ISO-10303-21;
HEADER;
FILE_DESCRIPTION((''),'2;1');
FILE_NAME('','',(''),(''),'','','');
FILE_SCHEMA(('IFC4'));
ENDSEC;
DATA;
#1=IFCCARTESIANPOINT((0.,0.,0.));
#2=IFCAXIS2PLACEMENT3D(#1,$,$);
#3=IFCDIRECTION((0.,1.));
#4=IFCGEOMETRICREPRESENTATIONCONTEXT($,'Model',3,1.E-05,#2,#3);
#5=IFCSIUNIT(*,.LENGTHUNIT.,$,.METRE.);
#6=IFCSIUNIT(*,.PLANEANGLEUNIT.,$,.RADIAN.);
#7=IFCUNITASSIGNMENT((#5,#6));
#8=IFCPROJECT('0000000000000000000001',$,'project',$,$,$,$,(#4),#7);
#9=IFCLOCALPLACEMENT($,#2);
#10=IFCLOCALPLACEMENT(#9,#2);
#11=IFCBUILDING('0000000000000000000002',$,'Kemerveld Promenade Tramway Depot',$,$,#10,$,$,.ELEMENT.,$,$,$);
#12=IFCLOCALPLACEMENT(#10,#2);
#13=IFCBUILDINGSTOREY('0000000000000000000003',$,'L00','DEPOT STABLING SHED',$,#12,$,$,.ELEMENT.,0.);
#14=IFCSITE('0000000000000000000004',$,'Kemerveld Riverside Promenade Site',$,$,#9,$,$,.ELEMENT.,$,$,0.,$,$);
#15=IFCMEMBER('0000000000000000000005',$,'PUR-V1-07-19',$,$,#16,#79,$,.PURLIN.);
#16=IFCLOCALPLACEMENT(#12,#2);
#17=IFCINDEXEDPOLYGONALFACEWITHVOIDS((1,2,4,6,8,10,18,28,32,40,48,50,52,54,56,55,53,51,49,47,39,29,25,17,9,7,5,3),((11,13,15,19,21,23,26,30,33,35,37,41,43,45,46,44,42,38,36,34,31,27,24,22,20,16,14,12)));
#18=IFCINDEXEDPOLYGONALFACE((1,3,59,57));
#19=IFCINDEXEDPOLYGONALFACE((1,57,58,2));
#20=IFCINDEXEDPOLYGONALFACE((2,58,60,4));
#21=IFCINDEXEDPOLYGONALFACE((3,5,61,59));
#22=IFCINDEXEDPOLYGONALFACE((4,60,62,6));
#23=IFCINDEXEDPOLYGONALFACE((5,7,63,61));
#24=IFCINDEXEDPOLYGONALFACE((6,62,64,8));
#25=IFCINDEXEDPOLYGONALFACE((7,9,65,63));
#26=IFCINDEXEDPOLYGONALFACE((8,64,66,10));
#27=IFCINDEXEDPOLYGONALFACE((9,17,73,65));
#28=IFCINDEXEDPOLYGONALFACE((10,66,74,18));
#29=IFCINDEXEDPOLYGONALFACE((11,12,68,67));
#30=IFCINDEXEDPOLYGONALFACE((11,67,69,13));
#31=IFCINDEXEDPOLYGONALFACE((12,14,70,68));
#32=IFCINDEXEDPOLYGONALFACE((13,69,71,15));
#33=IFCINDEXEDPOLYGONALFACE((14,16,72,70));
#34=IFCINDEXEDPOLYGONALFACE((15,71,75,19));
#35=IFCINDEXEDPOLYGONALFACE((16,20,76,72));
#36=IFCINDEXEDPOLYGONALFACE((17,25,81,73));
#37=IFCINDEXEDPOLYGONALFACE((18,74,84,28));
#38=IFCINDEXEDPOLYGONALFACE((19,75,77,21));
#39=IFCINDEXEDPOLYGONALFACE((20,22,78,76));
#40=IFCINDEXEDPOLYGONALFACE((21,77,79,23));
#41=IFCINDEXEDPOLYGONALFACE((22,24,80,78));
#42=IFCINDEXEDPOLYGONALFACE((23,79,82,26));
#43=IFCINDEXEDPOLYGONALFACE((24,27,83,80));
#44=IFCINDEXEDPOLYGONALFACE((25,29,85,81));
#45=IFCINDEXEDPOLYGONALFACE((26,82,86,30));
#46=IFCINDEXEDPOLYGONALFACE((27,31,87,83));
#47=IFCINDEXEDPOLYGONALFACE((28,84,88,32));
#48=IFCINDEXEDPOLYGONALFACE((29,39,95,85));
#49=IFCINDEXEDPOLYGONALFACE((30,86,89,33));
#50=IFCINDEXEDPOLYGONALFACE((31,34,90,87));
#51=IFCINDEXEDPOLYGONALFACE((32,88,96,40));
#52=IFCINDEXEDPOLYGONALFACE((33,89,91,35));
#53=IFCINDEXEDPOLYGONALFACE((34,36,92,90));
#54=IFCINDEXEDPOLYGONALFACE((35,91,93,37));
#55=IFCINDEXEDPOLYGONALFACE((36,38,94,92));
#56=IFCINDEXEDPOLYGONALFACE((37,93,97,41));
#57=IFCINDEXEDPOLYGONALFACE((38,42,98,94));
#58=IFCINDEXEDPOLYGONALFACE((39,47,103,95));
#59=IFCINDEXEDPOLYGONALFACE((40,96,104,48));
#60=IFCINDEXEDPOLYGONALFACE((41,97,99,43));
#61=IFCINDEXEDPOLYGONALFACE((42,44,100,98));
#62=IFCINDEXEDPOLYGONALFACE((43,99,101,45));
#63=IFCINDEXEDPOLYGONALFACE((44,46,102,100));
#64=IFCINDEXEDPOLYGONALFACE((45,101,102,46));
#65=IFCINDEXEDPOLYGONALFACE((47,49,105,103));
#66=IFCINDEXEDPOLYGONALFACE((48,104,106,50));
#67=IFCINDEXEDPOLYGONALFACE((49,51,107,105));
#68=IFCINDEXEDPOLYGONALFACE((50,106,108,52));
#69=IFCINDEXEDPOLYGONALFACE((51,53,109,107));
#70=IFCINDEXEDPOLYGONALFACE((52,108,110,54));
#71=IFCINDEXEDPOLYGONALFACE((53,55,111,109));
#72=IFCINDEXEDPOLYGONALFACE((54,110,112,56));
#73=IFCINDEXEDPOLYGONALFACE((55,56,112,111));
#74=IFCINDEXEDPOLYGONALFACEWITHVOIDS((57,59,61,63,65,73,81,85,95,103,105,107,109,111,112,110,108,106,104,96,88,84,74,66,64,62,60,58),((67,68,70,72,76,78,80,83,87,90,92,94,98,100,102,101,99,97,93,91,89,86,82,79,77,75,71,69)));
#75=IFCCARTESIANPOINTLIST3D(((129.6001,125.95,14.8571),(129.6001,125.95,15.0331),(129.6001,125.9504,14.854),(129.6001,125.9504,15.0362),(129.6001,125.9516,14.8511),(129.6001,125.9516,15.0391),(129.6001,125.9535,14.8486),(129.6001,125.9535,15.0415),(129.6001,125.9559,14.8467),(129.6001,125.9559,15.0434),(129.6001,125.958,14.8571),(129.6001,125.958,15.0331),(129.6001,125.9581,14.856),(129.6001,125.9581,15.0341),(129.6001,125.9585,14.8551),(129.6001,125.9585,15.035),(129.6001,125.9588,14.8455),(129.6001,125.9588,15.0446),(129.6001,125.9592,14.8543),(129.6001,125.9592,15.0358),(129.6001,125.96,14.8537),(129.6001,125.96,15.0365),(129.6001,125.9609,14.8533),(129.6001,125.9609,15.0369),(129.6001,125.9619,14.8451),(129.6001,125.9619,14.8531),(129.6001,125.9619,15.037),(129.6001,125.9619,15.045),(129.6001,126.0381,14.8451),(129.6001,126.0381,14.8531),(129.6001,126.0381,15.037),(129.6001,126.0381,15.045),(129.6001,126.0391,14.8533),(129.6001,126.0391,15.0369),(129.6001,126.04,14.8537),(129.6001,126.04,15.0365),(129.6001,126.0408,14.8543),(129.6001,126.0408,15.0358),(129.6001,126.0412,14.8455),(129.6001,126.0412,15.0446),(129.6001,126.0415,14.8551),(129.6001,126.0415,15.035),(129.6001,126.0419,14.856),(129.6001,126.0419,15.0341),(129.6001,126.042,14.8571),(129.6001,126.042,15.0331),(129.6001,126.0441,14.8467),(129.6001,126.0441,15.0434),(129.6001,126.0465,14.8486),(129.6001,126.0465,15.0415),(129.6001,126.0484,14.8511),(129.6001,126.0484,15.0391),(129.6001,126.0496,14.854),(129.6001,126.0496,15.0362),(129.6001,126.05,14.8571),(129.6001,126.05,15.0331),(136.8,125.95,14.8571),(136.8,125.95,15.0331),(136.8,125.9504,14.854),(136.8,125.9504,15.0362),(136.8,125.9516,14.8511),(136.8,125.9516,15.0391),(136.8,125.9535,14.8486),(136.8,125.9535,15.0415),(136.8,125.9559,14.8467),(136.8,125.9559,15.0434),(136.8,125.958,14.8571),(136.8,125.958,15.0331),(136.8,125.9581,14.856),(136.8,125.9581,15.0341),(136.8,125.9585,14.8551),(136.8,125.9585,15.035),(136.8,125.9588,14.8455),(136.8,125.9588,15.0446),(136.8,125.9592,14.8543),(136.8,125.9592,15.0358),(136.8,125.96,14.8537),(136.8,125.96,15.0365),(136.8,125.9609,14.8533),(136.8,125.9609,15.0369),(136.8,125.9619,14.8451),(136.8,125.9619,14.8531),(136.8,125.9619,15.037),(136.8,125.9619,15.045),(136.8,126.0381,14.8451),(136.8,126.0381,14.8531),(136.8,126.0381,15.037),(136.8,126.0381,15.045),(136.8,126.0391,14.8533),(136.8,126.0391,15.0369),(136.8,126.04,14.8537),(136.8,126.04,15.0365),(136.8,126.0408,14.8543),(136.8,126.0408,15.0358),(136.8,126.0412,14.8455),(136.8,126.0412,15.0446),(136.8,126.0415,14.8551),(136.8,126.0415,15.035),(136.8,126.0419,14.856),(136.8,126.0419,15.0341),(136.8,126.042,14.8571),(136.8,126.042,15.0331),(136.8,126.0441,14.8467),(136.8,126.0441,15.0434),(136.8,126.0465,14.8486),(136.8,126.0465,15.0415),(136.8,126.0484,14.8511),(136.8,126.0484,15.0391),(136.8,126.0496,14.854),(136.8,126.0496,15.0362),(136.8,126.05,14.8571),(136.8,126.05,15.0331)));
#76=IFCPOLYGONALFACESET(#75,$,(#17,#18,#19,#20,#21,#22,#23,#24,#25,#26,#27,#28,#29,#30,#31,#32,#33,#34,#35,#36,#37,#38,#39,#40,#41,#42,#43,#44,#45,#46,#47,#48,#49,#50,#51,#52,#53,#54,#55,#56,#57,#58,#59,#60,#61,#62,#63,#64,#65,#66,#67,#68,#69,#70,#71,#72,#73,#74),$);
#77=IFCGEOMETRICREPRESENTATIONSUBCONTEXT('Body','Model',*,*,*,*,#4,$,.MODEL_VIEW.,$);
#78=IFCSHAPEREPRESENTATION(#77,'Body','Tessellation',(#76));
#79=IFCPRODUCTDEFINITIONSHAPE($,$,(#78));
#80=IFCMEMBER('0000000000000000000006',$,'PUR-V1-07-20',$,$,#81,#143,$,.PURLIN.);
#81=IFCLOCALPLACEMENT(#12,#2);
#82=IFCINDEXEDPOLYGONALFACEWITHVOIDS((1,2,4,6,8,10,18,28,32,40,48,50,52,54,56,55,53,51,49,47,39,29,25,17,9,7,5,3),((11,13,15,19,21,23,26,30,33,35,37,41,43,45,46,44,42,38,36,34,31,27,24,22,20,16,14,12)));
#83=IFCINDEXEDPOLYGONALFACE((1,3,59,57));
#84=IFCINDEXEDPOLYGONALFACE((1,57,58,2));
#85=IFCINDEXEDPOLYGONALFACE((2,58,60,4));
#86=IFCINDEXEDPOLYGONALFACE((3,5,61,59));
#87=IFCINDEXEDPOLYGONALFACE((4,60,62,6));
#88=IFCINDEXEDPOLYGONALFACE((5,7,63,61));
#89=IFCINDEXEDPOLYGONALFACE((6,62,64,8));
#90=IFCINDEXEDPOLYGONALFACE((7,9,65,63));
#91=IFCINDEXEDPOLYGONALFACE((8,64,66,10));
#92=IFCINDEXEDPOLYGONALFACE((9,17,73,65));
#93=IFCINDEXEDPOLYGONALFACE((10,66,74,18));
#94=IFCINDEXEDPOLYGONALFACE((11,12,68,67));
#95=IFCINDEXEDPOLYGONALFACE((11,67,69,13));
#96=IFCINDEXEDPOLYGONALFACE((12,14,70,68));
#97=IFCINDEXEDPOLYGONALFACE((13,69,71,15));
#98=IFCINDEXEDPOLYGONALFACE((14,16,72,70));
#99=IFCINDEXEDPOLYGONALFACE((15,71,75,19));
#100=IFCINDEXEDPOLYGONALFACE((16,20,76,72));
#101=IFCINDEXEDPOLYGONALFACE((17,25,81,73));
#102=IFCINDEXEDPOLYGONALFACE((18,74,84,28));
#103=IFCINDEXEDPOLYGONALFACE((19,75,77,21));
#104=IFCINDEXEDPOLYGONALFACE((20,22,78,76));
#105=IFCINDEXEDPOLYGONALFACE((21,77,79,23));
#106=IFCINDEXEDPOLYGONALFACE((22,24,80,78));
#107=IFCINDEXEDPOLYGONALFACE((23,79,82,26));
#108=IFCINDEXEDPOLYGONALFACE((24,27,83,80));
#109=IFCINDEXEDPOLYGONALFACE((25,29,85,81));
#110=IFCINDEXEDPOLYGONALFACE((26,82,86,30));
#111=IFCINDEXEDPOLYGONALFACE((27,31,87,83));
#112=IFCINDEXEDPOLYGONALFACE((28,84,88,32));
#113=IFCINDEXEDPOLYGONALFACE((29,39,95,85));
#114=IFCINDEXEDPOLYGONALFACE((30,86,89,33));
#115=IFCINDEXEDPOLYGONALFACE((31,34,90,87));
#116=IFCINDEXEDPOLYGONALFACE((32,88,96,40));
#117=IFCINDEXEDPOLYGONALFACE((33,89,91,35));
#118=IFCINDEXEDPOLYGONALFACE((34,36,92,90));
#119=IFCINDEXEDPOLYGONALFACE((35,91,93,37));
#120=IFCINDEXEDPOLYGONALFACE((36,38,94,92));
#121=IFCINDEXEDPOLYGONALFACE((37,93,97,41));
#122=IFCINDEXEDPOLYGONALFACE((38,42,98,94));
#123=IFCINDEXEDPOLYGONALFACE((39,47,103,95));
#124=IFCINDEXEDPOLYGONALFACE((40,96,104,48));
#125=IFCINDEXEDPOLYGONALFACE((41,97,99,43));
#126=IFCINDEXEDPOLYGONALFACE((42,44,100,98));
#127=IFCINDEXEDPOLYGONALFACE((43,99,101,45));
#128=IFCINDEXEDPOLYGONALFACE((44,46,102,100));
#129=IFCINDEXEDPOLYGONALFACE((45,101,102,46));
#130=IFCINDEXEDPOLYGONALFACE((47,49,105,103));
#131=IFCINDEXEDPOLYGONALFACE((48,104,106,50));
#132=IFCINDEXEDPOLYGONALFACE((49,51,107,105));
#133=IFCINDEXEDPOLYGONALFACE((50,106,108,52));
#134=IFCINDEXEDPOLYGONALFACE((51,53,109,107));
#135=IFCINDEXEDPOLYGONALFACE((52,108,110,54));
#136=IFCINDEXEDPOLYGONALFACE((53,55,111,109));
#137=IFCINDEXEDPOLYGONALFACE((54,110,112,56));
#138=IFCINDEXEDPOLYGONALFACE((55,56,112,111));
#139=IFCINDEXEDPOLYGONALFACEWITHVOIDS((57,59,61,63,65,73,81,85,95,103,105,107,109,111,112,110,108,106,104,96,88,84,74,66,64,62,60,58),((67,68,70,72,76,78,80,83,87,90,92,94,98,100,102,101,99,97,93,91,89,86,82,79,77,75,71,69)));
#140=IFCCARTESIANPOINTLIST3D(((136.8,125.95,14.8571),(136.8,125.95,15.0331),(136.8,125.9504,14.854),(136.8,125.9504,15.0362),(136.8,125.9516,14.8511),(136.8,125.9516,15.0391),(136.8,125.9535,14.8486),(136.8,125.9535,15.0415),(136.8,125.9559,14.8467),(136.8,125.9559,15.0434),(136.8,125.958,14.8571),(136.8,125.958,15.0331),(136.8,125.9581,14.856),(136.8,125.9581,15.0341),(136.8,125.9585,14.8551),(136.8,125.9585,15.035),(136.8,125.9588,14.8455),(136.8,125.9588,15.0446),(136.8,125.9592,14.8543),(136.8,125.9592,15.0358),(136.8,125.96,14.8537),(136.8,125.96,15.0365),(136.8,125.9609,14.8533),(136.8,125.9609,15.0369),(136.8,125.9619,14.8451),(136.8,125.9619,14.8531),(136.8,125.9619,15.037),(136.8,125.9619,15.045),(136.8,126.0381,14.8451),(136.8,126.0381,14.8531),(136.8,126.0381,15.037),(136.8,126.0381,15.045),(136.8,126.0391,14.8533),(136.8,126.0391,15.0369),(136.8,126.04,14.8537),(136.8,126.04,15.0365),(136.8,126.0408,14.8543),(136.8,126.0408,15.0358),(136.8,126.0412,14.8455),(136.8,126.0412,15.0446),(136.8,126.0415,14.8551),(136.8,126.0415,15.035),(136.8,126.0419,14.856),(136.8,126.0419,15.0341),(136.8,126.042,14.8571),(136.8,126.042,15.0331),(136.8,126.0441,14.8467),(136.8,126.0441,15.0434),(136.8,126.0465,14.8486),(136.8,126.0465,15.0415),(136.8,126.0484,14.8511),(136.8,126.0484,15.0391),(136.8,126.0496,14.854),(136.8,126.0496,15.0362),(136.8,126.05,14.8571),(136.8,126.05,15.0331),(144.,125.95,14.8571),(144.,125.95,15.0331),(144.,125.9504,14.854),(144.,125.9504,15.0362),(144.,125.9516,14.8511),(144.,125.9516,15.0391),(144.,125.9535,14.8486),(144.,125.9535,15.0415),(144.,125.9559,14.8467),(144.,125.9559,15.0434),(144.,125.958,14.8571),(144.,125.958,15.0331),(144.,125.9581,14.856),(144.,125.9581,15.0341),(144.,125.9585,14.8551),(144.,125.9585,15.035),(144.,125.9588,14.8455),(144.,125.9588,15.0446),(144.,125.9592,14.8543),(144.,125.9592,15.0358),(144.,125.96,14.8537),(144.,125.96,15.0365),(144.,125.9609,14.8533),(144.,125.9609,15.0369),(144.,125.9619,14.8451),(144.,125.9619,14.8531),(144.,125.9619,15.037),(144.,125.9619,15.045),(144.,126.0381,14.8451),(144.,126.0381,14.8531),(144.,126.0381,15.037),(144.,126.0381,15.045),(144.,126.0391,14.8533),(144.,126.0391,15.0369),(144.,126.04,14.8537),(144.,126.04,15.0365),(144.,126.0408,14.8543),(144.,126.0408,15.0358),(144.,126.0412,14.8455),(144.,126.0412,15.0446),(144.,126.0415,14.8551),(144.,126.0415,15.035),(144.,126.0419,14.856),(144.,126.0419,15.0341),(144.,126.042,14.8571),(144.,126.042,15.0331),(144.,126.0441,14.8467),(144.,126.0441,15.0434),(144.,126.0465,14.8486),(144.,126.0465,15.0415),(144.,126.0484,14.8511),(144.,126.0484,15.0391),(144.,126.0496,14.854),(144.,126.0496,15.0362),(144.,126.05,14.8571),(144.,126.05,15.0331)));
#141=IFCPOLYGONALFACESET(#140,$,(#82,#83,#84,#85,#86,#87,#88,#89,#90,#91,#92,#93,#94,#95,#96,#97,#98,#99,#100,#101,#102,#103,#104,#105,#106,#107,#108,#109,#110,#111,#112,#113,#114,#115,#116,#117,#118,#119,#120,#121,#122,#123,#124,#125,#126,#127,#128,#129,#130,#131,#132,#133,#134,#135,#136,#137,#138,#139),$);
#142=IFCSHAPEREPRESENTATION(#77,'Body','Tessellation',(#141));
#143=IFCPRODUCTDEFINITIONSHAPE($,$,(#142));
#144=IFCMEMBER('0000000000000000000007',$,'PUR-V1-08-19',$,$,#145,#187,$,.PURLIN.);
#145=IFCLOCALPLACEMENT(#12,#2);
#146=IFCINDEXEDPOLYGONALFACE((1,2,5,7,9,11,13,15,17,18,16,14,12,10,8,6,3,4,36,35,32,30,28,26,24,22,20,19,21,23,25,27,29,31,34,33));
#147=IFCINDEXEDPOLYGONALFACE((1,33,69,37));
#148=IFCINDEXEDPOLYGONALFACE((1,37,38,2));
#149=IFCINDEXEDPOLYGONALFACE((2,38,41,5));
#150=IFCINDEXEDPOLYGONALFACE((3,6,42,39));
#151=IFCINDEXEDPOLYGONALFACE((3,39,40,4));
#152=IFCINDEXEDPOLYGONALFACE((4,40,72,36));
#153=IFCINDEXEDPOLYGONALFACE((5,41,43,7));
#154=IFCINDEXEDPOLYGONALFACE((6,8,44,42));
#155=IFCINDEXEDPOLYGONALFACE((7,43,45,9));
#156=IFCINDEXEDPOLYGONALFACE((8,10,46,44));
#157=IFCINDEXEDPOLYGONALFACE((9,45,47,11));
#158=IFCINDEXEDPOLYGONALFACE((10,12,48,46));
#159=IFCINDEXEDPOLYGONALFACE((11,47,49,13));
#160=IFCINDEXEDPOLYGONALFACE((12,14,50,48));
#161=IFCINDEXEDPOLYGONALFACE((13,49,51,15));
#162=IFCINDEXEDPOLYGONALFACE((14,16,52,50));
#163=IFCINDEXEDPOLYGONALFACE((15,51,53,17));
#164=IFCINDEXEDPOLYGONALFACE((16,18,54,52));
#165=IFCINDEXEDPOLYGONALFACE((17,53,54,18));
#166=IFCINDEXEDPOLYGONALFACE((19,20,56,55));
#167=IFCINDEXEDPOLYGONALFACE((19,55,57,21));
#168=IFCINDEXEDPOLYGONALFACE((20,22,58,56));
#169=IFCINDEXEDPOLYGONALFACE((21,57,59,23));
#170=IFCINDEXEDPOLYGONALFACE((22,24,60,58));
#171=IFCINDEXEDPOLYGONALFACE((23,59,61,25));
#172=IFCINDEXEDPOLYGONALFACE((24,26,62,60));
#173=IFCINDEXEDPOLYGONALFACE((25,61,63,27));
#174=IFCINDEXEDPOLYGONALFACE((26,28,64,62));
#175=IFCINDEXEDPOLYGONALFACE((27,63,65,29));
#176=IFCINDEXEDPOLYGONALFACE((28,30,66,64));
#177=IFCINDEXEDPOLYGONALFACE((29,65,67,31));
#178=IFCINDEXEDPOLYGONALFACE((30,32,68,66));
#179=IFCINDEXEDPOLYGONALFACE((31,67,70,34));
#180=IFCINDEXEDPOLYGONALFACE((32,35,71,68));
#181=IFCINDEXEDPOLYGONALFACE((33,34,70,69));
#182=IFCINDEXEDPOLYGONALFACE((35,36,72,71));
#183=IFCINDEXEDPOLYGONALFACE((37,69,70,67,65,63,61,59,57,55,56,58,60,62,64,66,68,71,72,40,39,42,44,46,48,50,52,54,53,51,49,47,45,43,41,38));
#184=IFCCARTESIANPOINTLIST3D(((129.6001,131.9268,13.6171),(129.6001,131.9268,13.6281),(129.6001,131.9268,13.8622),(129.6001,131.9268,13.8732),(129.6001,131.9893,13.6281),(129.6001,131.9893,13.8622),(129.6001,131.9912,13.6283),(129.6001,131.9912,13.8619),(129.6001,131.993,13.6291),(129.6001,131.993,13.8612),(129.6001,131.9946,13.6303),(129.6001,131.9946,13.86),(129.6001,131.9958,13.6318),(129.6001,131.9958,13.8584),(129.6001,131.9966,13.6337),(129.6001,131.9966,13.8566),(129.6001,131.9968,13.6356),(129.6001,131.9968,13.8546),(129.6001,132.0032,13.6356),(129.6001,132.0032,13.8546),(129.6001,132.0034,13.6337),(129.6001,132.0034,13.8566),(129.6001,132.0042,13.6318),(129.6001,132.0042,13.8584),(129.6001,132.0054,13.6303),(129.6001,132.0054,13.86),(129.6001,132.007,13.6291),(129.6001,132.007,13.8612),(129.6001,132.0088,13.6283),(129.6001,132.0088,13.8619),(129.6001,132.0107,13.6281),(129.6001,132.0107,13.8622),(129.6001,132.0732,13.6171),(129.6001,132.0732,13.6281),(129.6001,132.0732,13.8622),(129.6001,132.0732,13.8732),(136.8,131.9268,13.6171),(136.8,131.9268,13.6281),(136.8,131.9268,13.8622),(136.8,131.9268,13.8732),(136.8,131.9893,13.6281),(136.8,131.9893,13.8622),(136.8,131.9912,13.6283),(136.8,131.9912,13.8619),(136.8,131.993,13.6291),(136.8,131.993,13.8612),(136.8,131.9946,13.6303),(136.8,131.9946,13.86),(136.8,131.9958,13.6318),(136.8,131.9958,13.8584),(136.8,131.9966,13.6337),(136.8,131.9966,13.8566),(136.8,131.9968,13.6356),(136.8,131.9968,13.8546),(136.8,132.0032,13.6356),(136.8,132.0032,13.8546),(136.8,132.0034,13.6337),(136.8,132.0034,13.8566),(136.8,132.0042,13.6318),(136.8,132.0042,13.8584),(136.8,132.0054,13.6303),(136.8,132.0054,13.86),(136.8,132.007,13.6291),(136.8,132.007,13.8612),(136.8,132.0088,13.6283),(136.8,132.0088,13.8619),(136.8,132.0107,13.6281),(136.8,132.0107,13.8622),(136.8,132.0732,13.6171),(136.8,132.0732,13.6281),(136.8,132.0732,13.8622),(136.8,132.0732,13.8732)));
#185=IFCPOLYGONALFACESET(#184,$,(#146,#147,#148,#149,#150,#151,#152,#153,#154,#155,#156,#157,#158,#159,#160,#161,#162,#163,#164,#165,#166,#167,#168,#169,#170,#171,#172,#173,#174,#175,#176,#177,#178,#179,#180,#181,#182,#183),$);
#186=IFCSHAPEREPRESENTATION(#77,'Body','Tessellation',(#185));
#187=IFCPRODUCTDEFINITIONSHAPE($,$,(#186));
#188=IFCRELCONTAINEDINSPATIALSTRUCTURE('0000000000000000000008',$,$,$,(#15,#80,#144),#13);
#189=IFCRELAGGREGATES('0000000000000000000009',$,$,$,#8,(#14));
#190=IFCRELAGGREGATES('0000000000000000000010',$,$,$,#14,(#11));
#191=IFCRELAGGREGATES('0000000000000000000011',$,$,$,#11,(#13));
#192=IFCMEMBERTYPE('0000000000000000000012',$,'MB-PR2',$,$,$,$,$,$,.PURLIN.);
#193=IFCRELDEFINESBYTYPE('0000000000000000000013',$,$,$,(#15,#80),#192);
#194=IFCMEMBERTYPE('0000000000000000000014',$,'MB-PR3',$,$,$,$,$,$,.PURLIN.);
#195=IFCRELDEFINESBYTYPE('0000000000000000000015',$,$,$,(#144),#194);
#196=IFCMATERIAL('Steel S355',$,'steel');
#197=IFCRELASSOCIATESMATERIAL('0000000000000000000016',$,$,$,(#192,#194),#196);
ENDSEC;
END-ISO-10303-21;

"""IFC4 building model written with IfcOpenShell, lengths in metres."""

from ifc_helpers import new_model, si_unit, direction, frame, origin, origin_2d, place, context, subcontext, project, spatial, hollow_rectangle, i_section, extrude, material, material_profile, profile_set, type_object, element, save


model = new_model("IFC4")

# Units and contexts
model_context = context("Model", 3, precision=1e-05, world=origin(), true_north=direction((0.0, 1.0)))
body_context = subcontext(model_context, "Body", "Model", "MODEL_VIEW")
ifc_project = project(units=[si_unit("LENGTHUNIT", "METRE"), si_unit("PLANEANGLEUNIT", "RADIAN")], contexts=[model_context])

# Site, building, storey
site_placement = place(None, origin())
site = spatial("IfcSite", under=ifc_project, at=site_placement, Name="Kemerveld Riverside Promenade Site", CompositionType="ELEMENT", RefElevation=0.0)
building_placement = place(site_placement, origin())
building = spatial("IfcBuilding", under=site, at=building_placement, Name="Kemerveld Promenade Tramway Depot", CompositionType="ELEMENT")
storey_placement = place(building_placement, origin())
storey = spatial("IfcBuildingStorey", under=building, at=storey_placement, Name="L00", Description="DEPOT STABLING SHED", CompositionType="ELEMENT", Elevation=0.0)

# Members
ifc_material = material(Name="Steel S355", Category="steel")
ifc_material_profile_1 = material_profile(ifc_material, hollow_rectangle(XDim=0.1001, YDim=0.2, WallThickness=0.0081, InnerFilletRadius=0.0039, OuterFilletRadius=0.012, at=origin_2d()), Name="200x100x8.0 RHS")
ifc_profile_set_1 = profile_set([ifc_material_profile_1], Name="Steel S355")
member_type_1 = type_object("IfcMemberType", Name="MB-PR2", PredefinedType="PURLIN", material=ifc_profile_set_1)
for number, where, z_axis, x_axis, name in (
    (1, (129.6001, 126.0, 14.9451), (1.0, 0.0, 0.0), (0.0, 1.0, 0.0), "PUR-V1-07-19"),
    (2, (136.8, 126.0, 14.9451), (1.0, 0.0, 0.0), (0.0, 1.0, 0.0), "PUR-V1-07-20"),
):
    element("IfcMember", number, at=place(storey_placement, frame(where, z_axis=z_axis, x_axis=x_axis)), inside=storey, type_object=member_type_1, Name=name, PredefinedType="PURLIN", context=body_context, shape_type="SweptSolid", body=[
        extrude(hollow_rectangle(XDim=0.1001, YDim=0.2, WallThickness=0.0081, InnerFilletRadius=0.0039, OuterFilletRadius=0.012, at=origin_2d()), origin(), (0.0, 0.0, 1.0), 7.2),
    ])
ifc_material_profile_2 = material_profile(ifc_material, i_section(OverallWidth=0.1465, OverallDepth=0.2561, WebThickness=0.0063, FlangeThickness=0.011, FilletRadius=0.0076, at=origin_2d()), Name="254x146x37 UB")
ifc_profile_set_2 = profile_set([ifc_material_profile_2], Name="Steel S355")
member_type_2 = type_object("IfcMemberType", Name="MB-PR3", PredefinedType="PURLIN", material=ifc_profile_set_2)
for number, where, z_axis, x_axis, name in (
    (3, (129.6001, 132.0, 13.7451), (1.0, 0.0, 0.0), (0.0, 1.0, 0.0), "PUR-V1-08-19"),
):
    element("IfcMember", number, at=place(storey_placement, frame(where, z_axis=z_axis, x_axis=x_axis)), inside=storey, type_object=member_type_2, Name=name, PredefinedType="PURLIN", context=body_context, shape_type="SweptSolid", body=[
        extrude(i_section(OverallWidth=0.1465, OverallDepth=0.2561, WebThickness=0.0063, FlangeThickness=0.011, FilletRadius=0.0076, at=origin_2d()), origin(), (0.0, 0.0, 1.0), 7.2),
    ])

save(model, "model.ifc")
